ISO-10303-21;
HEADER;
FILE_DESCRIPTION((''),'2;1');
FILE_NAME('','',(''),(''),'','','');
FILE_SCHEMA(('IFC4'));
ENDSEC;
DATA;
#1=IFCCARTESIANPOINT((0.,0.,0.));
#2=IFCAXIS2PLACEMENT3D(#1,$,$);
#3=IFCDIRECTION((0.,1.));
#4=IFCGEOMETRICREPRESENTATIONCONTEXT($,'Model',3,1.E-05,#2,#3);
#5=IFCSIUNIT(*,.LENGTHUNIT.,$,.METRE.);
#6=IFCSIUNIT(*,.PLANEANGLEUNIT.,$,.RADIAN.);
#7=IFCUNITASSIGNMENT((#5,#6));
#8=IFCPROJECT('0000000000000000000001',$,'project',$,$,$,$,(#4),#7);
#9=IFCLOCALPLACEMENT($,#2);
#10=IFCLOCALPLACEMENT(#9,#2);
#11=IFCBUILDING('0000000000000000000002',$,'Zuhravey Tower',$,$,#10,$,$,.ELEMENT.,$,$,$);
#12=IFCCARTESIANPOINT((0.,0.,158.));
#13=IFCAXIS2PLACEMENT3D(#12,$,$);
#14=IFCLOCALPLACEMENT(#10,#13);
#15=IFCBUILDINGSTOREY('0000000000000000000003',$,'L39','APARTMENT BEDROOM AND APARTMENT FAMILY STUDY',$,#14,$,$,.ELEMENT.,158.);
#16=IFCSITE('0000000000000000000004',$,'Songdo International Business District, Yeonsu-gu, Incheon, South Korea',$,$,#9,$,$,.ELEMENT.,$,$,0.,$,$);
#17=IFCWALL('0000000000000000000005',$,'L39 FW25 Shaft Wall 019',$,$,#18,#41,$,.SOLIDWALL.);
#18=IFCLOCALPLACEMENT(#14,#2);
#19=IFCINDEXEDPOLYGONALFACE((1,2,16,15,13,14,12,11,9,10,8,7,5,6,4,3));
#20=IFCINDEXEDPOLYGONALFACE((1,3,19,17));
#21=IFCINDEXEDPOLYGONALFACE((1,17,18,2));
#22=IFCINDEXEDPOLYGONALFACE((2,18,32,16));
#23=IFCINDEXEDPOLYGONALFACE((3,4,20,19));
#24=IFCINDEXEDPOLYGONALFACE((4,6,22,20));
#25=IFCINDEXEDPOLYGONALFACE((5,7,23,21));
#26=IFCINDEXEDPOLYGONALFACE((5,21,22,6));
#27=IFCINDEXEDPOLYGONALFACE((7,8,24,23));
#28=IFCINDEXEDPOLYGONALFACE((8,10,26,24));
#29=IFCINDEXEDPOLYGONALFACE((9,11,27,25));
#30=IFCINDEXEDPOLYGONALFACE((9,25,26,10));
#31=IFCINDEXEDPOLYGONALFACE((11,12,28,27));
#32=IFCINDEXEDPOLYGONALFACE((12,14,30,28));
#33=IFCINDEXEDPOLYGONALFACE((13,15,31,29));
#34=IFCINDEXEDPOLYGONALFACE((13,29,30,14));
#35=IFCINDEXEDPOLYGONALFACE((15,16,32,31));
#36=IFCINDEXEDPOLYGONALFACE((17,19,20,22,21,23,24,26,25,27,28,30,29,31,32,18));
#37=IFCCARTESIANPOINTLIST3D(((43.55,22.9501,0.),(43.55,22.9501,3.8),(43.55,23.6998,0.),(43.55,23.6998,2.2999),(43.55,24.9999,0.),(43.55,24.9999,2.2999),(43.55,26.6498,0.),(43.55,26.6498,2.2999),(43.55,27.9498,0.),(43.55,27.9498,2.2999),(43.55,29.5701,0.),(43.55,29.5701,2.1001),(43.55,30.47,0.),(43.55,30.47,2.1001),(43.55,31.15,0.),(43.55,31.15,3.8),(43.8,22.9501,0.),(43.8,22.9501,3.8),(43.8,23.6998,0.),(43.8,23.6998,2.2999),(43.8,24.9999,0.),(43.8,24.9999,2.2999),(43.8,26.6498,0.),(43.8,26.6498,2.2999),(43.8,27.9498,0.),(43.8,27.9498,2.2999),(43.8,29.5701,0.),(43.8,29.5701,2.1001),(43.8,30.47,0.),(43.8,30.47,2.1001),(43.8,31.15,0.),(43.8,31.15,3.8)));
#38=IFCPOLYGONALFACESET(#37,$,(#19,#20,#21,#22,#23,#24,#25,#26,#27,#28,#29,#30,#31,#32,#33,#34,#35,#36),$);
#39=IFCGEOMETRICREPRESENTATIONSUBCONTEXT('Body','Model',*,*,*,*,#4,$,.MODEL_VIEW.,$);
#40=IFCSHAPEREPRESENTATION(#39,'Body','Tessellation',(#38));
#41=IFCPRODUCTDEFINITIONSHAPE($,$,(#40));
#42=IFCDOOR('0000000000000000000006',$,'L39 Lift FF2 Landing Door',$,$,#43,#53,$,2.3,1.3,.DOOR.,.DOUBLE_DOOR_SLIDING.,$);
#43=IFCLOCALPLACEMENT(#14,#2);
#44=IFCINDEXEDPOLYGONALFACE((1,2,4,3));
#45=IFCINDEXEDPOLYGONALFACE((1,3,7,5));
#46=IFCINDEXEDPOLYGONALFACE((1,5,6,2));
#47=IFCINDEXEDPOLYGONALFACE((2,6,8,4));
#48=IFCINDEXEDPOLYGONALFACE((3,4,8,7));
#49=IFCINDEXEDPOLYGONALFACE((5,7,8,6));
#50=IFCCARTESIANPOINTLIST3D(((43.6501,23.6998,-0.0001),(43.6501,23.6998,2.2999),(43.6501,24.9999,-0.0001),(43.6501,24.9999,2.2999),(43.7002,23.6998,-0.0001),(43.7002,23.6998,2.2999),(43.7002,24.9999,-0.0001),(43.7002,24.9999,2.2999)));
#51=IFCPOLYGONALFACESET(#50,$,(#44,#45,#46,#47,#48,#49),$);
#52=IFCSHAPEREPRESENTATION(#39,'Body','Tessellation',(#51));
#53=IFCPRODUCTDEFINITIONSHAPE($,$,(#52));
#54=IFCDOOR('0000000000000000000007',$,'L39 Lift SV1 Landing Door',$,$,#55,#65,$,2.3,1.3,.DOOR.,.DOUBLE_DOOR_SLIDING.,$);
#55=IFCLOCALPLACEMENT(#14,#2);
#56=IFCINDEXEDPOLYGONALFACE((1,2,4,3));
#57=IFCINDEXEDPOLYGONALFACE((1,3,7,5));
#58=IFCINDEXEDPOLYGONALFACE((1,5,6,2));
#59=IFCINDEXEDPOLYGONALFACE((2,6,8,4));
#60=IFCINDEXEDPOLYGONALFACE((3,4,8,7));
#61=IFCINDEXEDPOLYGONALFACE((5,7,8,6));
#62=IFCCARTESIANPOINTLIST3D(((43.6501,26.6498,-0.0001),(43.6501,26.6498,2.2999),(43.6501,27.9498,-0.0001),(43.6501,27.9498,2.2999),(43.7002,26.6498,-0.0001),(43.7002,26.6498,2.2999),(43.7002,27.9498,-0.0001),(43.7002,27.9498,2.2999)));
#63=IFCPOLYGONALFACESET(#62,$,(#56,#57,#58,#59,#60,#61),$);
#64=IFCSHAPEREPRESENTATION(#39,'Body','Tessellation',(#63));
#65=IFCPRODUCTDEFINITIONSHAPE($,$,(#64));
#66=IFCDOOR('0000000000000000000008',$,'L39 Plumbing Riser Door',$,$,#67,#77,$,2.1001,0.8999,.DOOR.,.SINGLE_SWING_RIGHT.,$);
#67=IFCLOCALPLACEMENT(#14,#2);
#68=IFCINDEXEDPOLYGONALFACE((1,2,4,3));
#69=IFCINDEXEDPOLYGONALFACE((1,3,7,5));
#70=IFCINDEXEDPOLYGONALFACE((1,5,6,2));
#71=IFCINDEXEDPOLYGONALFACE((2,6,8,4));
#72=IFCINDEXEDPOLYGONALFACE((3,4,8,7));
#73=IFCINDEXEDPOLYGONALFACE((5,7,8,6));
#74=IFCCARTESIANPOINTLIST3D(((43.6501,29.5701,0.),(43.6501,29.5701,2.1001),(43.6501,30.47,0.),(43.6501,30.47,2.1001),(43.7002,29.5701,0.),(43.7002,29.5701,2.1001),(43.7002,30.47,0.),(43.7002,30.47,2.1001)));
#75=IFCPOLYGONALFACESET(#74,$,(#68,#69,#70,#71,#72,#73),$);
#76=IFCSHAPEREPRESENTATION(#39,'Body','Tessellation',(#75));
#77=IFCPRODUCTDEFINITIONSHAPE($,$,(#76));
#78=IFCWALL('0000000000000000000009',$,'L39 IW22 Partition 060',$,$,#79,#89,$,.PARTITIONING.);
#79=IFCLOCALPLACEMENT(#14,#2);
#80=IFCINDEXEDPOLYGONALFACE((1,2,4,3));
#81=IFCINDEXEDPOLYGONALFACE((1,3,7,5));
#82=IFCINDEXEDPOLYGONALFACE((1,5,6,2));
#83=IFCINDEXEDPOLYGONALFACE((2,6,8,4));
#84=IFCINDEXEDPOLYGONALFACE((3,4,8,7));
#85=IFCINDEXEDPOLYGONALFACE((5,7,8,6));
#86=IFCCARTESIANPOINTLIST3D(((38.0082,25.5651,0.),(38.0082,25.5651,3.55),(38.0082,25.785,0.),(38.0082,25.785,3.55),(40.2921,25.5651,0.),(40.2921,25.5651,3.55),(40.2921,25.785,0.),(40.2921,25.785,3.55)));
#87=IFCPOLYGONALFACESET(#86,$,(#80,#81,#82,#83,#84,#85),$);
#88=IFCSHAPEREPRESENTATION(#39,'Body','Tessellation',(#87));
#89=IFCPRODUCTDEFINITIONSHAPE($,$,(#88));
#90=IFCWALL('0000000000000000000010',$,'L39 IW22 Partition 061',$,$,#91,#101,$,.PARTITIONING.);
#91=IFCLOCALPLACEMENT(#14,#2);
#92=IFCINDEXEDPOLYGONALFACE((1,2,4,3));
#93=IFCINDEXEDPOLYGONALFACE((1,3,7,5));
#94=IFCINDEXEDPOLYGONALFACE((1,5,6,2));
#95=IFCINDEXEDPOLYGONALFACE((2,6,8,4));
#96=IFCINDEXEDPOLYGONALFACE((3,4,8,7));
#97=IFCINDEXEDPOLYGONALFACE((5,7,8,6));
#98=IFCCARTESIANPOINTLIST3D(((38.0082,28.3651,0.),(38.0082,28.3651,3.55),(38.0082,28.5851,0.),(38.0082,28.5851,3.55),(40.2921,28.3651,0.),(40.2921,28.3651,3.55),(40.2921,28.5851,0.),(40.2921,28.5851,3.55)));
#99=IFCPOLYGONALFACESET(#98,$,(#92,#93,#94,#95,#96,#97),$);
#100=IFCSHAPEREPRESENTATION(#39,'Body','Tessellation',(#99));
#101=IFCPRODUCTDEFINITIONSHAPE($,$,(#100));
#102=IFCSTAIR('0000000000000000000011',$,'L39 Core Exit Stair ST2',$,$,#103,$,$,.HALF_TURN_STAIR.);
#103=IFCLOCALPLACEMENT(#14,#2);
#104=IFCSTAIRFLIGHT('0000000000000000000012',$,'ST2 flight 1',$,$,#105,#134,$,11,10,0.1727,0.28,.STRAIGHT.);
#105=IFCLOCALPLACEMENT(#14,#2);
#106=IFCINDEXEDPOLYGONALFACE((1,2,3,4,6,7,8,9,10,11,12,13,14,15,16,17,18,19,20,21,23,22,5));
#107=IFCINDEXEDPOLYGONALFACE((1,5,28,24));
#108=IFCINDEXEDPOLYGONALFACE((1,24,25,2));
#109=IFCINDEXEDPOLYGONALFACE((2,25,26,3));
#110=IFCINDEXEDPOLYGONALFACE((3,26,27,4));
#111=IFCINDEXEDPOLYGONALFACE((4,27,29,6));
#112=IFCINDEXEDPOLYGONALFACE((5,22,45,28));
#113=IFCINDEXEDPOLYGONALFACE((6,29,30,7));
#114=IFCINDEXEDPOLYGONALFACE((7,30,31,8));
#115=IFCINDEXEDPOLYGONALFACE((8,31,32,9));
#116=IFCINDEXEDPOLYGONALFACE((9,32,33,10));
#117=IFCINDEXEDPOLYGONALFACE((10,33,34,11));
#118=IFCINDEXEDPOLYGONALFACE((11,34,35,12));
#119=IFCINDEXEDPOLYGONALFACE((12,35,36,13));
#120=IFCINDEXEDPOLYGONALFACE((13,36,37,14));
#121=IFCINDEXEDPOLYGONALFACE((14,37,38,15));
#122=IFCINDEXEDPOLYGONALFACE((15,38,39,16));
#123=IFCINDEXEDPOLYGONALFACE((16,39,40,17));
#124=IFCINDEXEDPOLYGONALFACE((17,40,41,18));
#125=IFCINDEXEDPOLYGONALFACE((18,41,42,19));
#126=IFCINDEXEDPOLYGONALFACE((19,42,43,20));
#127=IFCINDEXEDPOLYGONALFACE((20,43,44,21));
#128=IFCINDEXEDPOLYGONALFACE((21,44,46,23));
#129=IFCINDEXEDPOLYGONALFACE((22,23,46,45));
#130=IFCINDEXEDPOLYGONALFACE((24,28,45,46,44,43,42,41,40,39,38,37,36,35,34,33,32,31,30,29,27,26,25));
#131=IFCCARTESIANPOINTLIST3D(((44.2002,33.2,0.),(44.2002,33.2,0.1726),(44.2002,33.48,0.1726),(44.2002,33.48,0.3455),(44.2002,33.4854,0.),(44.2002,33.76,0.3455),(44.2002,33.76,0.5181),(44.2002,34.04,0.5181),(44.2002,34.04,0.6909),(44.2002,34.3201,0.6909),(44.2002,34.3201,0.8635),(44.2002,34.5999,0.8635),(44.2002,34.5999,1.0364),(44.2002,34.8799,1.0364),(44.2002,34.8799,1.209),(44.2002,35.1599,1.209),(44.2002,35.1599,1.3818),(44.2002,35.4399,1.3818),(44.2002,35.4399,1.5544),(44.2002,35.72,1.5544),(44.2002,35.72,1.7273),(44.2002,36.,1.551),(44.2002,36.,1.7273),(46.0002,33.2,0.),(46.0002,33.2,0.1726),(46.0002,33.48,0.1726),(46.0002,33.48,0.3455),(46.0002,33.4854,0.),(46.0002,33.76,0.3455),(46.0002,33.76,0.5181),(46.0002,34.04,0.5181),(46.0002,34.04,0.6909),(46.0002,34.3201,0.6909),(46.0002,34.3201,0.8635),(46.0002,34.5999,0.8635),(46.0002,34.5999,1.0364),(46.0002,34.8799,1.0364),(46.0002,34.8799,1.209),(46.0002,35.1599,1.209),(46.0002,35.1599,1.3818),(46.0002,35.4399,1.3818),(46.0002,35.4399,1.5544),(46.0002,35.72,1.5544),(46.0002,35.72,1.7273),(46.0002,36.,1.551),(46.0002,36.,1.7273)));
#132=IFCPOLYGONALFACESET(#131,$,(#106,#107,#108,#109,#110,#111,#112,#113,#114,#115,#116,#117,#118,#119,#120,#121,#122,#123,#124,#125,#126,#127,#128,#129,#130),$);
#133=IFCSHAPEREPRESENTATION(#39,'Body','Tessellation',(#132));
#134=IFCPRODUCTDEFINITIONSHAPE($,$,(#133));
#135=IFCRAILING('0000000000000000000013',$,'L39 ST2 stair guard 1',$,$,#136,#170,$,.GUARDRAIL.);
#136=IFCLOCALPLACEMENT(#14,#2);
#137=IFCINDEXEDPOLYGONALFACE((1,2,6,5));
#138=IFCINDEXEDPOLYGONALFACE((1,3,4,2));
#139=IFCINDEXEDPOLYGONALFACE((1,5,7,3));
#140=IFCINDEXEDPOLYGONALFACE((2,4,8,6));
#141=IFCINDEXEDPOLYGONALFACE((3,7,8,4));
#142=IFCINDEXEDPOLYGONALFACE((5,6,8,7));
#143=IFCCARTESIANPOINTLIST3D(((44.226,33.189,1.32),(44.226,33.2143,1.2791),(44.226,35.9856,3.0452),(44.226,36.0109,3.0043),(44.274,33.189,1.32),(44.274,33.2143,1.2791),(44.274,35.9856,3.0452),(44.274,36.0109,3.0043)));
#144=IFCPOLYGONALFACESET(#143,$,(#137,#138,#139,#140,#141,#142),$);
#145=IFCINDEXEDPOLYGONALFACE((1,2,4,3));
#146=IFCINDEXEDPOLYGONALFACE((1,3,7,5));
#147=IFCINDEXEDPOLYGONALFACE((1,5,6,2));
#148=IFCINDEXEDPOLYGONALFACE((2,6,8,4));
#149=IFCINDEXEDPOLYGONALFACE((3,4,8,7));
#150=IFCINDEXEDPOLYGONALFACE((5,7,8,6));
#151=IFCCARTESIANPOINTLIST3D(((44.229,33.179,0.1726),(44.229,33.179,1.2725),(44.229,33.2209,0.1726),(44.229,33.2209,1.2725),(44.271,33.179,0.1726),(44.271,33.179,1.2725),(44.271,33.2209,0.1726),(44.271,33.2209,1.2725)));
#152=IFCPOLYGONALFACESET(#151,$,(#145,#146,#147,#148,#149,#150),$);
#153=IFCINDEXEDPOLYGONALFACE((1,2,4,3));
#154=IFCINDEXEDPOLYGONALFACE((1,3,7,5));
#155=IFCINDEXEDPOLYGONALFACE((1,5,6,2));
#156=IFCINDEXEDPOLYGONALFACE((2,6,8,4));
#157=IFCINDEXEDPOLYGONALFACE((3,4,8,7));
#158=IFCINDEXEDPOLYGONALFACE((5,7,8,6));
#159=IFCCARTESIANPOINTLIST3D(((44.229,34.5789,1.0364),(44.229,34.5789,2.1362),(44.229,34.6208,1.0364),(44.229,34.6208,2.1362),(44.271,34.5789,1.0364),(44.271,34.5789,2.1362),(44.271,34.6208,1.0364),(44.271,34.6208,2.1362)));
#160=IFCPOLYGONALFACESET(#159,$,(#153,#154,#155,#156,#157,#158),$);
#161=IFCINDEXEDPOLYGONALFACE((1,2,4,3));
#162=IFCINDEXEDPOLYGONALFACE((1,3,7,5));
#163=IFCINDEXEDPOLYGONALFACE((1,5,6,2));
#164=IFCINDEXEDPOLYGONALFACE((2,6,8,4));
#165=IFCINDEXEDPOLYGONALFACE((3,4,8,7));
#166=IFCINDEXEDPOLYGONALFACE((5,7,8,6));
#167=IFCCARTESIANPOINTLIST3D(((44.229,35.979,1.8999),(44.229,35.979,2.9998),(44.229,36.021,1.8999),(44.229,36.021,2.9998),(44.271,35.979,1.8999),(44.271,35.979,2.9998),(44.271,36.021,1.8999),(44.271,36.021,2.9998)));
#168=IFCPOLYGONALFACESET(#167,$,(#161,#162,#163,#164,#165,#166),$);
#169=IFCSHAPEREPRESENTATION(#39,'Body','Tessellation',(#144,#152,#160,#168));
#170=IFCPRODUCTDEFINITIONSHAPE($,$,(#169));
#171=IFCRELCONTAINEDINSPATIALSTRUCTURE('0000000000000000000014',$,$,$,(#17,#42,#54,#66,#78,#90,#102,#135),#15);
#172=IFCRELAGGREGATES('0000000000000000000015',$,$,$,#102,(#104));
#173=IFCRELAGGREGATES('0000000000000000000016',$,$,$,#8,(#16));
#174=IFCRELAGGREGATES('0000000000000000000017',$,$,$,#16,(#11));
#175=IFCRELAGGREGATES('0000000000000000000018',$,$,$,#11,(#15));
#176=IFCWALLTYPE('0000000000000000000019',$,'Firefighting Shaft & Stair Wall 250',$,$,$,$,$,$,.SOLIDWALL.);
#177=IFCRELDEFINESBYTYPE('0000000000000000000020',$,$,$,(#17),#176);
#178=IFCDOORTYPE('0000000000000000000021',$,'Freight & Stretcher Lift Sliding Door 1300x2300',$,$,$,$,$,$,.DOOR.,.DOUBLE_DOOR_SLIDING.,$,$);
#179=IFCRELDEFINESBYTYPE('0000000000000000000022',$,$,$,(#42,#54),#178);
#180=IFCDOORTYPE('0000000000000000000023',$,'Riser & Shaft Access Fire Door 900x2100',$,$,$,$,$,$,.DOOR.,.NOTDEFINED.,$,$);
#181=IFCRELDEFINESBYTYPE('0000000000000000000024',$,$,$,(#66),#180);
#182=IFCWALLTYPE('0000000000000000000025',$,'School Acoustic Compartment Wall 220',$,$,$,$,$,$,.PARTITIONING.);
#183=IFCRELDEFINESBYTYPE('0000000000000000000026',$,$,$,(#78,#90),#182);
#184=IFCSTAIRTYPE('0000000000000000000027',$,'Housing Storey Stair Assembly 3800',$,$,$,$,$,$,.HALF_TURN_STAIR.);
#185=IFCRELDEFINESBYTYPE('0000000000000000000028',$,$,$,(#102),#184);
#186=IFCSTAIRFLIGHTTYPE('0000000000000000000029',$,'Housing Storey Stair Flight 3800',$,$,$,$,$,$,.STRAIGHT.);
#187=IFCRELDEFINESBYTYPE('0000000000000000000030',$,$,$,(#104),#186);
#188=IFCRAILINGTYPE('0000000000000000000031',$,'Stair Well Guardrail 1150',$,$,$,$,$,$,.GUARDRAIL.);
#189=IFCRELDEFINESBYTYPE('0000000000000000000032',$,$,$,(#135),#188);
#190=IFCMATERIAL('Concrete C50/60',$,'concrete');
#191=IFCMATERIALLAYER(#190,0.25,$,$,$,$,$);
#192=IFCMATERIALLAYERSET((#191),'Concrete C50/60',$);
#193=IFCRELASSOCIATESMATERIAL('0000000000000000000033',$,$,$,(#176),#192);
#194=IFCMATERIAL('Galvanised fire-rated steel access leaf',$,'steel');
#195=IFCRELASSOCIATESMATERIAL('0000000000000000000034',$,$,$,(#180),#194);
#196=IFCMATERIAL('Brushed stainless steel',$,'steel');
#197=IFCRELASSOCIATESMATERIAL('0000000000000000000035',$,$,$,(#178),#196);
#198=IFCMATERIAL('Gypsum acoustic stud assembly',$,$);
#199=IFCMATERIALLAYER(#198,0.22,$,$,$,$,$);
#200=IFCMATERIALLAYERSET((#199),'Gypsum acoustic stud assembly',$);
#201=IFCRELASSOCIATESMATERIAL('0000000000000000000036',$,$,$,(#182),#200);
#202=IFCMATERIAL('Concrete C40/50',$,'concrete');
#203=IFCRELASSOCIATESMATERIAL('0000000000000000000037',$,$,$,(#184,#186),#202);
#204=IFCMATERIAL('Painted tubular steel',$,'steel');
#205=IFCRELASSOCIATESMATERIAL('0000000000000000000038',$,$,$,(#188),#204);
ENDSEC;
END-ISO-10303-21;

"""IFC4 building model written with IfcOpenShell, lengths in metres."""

from ifc_helpers import new_model, si_unit, direction, frame, frame_2d, origin, origin_2d, place, context, subcontext, project, spatial, polyline, rectangle, outline, extrude, material, layer, layer_set, type_object, element, fill, aggregate, save


model = new_model("IFC4")

# Units and contexts
model_context = context("Model", 3, precision=1e-05, world=origin(), true_north=direction((0.0, 1.0)))
body_context = subcontext(model_context, "Body", "Model", "MODEL_VIEW")
ifc_project = project(units=[si_unit("LENGTHUNIT", "METRE"), si_unit("PLANEANGLEUNIT", "RADIAN")], contexts=[model_context])

# Site, building, storey
site_placement = place(None, origin())
site = spatial("IfcSite", under=ifc_project, at=site_placement, Name="Songdo International Business District, Yeonsu-gu, Incheon, South Korea", CompositionType="ELEMENT", RefElevation=0.0)
building_placement = place(site_placement, origin())
building = spatial("IfcBuilding", under=site, at=building_placement, Name="Zuhravey Tower", CompositionType="ELEMENT")
storey_placement = place(building_placement, frame((0.0, 0.0, 158.0)))
storey = spatial("IfcBuildingStorey", under=building, at=storey_placement, Name="L39", Description="APARTMENT BEDROOM AND APARTMENT FAMILY STUDY", CompositionType="ELEMENT", Elevation=158.0)

# Shared definitions
ifc_material_1 = material(Name="Concrete C50/60", Category="concrete")
ifc_layer_1 = layer(ifc_material_1, 0.25)
ifc_layer_set_1 = layer_set([ifc_layer_1], Name="Concrete C50/60")
wall_type_1 = type_object("IfcWallType", Name="Firefighting Shaft & Stair Wall 250", PredefinedType="SOLIDWALL", material=ifc_layer_set_1)

# Shared definitions
ifc_material_2 = material(Name="Galvanised fire-rated steel access leaf", Category="steel")
door_type_1 = type_object("IfcDoorType", Name="Riser & Shaft Access Fire Door 900x2100", OperationType="NOTDEFINED", PredefinedType="DOOR", material=ifc_material_2)

# Wall, openings, doors
wall_1_placement = place(storey_placement, frame((43.675, 22.95, 0.0), z_axis=(0.0, 0.0, 1.0), x_axis=(0.0, 1.0, 0.0)))
wall_1 = element("IfcWall", 1, at=wall_1_placement, inside=storey, type_object=wall_type_1, Name="L39 FW25 Shaft Wall 019", PredefinedType="SOLIDWALL", context=body_context, shape_type="SweptSolid", body=[
    extrude(rectangle(XDim=8.2, YDim=0.25, at=frame_2d((4.1001, 0.0))), origin(), (0.0, 0.0, 1.0), 3.8),
])
opening_1_placement = place(wall_1_placement, frame((0.75, 0.0, 0.0)))
opening_1 = element("IfcOpeningElement", 2, at=opening_1_placement, cuts=wall_1, PredefinedType="OPENING", context=body_context, shape_type="SweptSolid", body=[
    extrude(rectangle(XDim=1.3, YDim=2.3, at=frame_2d((0.6499, 1.1499))), frame((0.0, 0.137, 0.0), z_axis=(0.0, -1.0, 0.0), x_axis=(1.0, 0.0, 0.0)), (0.0, 0.0, 1.0), 0.2739),
])
opening_2_placement = place(wall_1_placement, frame((3.7, 0.0, 0.0)))
opening_2 = element("IfcOpeningElement", 3, at=opening_2_placement, cuts=wall_1, PredefinedType="OPENING", context=body_context, shape_type="SweptSolid", body=[
    extrude(rectangle(XDim=1.3, YDim=2.3, at=frame_2d((0.6499, 1.1499))), frame((0.0, 0.137, 0.0), z_axis=(0.0, -1.0, 0.0), x_axis=(1.0, 0.0, 0.0)), (0.0, 0.0, 1.0), 0.2739),
])
opening_3_placement = place(wall_1_placement, frame((6.6201, 0.0, 0.0)))
opening_3 = element("IfcOpeningElement", 4, at=opening_3_placement, cuts=wall_1, PredefinedType="OPENING", context=body_context, shape_type="SweptSolid", body=[
    extrude(rectangle(XDim=0.8999, YDim=2.1001, at=frame_2d((0.45, 1.05))), frame((0.0, 0.137, 0.0), z_axis=(0.0, -1.0, 0.0), x_axis=(1.0, 0.0, 0.0)), (0.0, 0.0, 1.0), 0.2739),
])
ifc_material_3 = material(Name="Brushed stainless steel", Category="steel")
door_type_2 = type_object("IfcDoorType", Name="Freight & Stretcher Lift Sliding Door 1300x2300", OperationType="DOUBLE_DOOR_SLIDING", PredefinedType="DOOR", material=ifc_material_3)
door_1_placement = place(opening_1_placement, origin())
door_1 = element("IfcDoor", 5, at=door_1_placement, inside=storey, type_object=door_type_2, Name="L39 Lift FF2 Landing Door", OperationType="DOUBLE_DOOR_SLIDING", OverallHeight=2.3, OverallWidth=1.3, PredefinedType="DOOR", context=body_context, shape_type="SweptSolid", body=[
    extrude(rectangle(XDim=1.3, YDim=2.3, at=frame_2d((0.6499, 1.1499))), frame((0.0, 0.0249, 0.0), z_axis=(0.0, -1.0, 0.0), x_axis=(1.0, 0.0, 0.0)), (0.0, 0.0, 1.0), 0.05),
])
fill(opening_1, door_1)
door_2_placement = place(opening_2_placement, origin())
door_2 = element("IfcDoor", 6, at=door_2_placement, inside=storey, type_object=door_type_2, Name="L39 Lift SV1 Landing Door", OperationType="DOUBLE_DOOR_SLIDING", OverallHeight=2.3, OverallWidth=1.3, PredefinedType="DOOR", context=body_context, shape_type="SweptSolid", body=[
    extrude(rectangle(XDim=1.3, YDim=2.3, at=frame_2d((0.6499, 1.1499))), frame((0.0, 0.0249, 0.0), z_axis=(0.0, -1.0, 0.0), x_axis=(1.0, 0.0, 0.0)), (0.0, 0.0, 1.0), 0.05),
])
fill(opening_2, door_2)
door_3_placement = place(opening_3_placement, origin())
door_3 = element("IfcDoor", 7, at=door_3_placement, inside=storey, type_object=door_type_1, Name="L39 Plumbing Riser Door", OperationType="SINGLE_SWING_RIGHT", OverallHeight=2.1001, OverallWidth=0.8999, PredefinedType="DOOR", context=body_context, shape_type="SweptSolid", body=[
    extrude(rectangle(XDim=0.8999, YDim=2.1001, at=frame_2d((0.45, 1.05))), frame((0.0, 0.0249, 0.0), z_axis=(0.0, -1.0, 0.0), x_axis=(1.0, 0.0, 0.0)), (0.0, 0.0, 1.0), 0.05),
])
fill(opening_3, door_3)

# Walls
ifc_material_4 = material(Name="Gypsum acoustic stud assembly")
ifc_layer_2 = layer(ifc_material_4, 0.22)
ifc_layer_set_2 = layer_set([ifc_layer_2], Name="Gypsum acoustic stud assembly")
wall_type_2 = type_object("IfcWallType", Name="School Acoustic Compartment Wall 220", PredefinedType="PARTITIONING", material=ifc_layer_set_2)
for number, where, z_axis, x_axis, name in (
    (8, (38.0081, 25.675, 0.0), (0.0, 0.0, 1.0), (1.0, 0.0, 0.0), "L39 IW22 Partition 060"),
    (9, (38.0081, 28.4751, 0.0), (0.0, 0.0, 1.0), (1.0, 0.0, 0.0), "L39 IW22 Partition 061"),
):
    element("IfcWall", number, at=place(storey_placement, frame(where, z_axis=z_axis, x_axis=x_axis)), inside=storey, type_object=wall_type_2, Name=name, PredefinedType="PARTITIONING", context=body_context, shape_type="SweptSolid", body=[
        extrude(rectangle(XDim=2.2839, YDim=0.22, at=frame_2d((1.1421, 0.0))), origin(), (0.0, 0.0, 1.0), 3.55),
    ])

# Stair, stair flight
ifc_material_5 = material(Name="Concrete C40/50", Category="concrete")
stair_type = type_object("IfcStairType", Name="Housing Storey Stair Assembly 3800", PredefinedType="HALF_TURN_STAIR", material=ifc_material_5)
stair_placement = place(storey_placement, origin())
stair = element("IfcStair", 10, at=stair_placement, inside=storey, type_object=stair_type, Name="L39 Core Exit Stair ST2", PredefinedType="HALF_TURN_STAIR")
stair_flight_type = type_object("IfcStairFlightType", Name="Housing Storey Stair Flight 3800", PredefinedType="STRAIGHT", material=ifc_material_5)
stair_flight_placement = place(storey_placement, frame((45.1001, 33.2, 0.0), z_axis=(0.0, 0.0, 1.0), x_axis=(0.0, 1.0, 0.0)))
stair_flight = element("IfcStairFlight", 11, at=stair_flight_placement, type_object=stair_flight_type, Name="ST2 flight 1", NumberOfRisers=11, NumberOfTreads=10, PredefinedType="STRAIGHT", RiserHeight=0.1727, TreadLength=0.28, context=body_context, shape_type="SweptSolid", body=[
    extrude(outline(polyline([(0.0, 0.0), (0.0, 0.1726), (0.28, 0.1726), (0.28, 0.3455), (0.5601, 0.3455), (0.5601, 0.5181), (0.8401, 0.5181), (0.8401, 0.6909), (1.1201, 0.6909), (1.1201, 0.8635), (1.3999, 0.8635), (1.3999, 1.0364), (1.6799, 1.0364), (1.6799, 1.209), (1.96, 1.209), (1.96, 1.3818), (2.24, 1.3818), (2.24, 1.5544), (2.52, 1.5544), (2.52, 1.7273), (2.8, 1.7273), (2.8, 1.8999), (2.8, 1.551), (0.2854, 0.0), (0.0, 0.0)])), frame((0.0, 0.8999, 0.0), z_axis=(0.0, -1.0, 0.0), x_axis=(1.0, 0.0, 0.0)), (0.0, 0.0, 1.0), 1.8),
])
aggregate(stair, [stair_flight])

# Railing
ifc_material_6 = material(Name="Painted tubular steel", Category="steel")
railing_type = type_object("IfcRailingType", Name="Stair Well Guardrail 1150", PredefinedType="GUARDRAIL", material=ifc_material_6)
railing_1_placement = place(storey_placement, frame((44.25, 33.2, 0.1726)))
element("IfcRailing", 12, at=railing_1_placement, inside=storey, type_object=railing_type, Name="L39 ST2 stair guard 1", PredefinedType="GUARDRAIL", context=body_context, shape_type="SweptSolid", body=[
    extrude(rectangle(XDim=0.0481, YDim=0.0481, at=origin_2d()), frame((0.0, 0.0017, 1.127), z_axis=(0.0, 0.85109, 0.52502), x_axis=(-1.0, 0.0, 0.0)), (0.0, 0.0, 1.0), 3.2859),
    extrude(rectangle(XDim=0.042, YDim=0.042, at=origin_2d()), origin(), (0.0, 0.0, 1.0), 1.0999),
    extrude(rectangle(XDim=0.042, YDim=0.042, at=origin_2d()), frame((0.0, 1.3999, 0.8638)), (0.0, 0.0, 1.0), 1.0999),
    extrude(rectangle(XDim=0.042, YDim=0.042, at=origin_2d()), frame((0.0, 2.8, 1.7273)), (0.0, 0.0, 1.0), 1.0999),
])

save(model, "model.ifc")
